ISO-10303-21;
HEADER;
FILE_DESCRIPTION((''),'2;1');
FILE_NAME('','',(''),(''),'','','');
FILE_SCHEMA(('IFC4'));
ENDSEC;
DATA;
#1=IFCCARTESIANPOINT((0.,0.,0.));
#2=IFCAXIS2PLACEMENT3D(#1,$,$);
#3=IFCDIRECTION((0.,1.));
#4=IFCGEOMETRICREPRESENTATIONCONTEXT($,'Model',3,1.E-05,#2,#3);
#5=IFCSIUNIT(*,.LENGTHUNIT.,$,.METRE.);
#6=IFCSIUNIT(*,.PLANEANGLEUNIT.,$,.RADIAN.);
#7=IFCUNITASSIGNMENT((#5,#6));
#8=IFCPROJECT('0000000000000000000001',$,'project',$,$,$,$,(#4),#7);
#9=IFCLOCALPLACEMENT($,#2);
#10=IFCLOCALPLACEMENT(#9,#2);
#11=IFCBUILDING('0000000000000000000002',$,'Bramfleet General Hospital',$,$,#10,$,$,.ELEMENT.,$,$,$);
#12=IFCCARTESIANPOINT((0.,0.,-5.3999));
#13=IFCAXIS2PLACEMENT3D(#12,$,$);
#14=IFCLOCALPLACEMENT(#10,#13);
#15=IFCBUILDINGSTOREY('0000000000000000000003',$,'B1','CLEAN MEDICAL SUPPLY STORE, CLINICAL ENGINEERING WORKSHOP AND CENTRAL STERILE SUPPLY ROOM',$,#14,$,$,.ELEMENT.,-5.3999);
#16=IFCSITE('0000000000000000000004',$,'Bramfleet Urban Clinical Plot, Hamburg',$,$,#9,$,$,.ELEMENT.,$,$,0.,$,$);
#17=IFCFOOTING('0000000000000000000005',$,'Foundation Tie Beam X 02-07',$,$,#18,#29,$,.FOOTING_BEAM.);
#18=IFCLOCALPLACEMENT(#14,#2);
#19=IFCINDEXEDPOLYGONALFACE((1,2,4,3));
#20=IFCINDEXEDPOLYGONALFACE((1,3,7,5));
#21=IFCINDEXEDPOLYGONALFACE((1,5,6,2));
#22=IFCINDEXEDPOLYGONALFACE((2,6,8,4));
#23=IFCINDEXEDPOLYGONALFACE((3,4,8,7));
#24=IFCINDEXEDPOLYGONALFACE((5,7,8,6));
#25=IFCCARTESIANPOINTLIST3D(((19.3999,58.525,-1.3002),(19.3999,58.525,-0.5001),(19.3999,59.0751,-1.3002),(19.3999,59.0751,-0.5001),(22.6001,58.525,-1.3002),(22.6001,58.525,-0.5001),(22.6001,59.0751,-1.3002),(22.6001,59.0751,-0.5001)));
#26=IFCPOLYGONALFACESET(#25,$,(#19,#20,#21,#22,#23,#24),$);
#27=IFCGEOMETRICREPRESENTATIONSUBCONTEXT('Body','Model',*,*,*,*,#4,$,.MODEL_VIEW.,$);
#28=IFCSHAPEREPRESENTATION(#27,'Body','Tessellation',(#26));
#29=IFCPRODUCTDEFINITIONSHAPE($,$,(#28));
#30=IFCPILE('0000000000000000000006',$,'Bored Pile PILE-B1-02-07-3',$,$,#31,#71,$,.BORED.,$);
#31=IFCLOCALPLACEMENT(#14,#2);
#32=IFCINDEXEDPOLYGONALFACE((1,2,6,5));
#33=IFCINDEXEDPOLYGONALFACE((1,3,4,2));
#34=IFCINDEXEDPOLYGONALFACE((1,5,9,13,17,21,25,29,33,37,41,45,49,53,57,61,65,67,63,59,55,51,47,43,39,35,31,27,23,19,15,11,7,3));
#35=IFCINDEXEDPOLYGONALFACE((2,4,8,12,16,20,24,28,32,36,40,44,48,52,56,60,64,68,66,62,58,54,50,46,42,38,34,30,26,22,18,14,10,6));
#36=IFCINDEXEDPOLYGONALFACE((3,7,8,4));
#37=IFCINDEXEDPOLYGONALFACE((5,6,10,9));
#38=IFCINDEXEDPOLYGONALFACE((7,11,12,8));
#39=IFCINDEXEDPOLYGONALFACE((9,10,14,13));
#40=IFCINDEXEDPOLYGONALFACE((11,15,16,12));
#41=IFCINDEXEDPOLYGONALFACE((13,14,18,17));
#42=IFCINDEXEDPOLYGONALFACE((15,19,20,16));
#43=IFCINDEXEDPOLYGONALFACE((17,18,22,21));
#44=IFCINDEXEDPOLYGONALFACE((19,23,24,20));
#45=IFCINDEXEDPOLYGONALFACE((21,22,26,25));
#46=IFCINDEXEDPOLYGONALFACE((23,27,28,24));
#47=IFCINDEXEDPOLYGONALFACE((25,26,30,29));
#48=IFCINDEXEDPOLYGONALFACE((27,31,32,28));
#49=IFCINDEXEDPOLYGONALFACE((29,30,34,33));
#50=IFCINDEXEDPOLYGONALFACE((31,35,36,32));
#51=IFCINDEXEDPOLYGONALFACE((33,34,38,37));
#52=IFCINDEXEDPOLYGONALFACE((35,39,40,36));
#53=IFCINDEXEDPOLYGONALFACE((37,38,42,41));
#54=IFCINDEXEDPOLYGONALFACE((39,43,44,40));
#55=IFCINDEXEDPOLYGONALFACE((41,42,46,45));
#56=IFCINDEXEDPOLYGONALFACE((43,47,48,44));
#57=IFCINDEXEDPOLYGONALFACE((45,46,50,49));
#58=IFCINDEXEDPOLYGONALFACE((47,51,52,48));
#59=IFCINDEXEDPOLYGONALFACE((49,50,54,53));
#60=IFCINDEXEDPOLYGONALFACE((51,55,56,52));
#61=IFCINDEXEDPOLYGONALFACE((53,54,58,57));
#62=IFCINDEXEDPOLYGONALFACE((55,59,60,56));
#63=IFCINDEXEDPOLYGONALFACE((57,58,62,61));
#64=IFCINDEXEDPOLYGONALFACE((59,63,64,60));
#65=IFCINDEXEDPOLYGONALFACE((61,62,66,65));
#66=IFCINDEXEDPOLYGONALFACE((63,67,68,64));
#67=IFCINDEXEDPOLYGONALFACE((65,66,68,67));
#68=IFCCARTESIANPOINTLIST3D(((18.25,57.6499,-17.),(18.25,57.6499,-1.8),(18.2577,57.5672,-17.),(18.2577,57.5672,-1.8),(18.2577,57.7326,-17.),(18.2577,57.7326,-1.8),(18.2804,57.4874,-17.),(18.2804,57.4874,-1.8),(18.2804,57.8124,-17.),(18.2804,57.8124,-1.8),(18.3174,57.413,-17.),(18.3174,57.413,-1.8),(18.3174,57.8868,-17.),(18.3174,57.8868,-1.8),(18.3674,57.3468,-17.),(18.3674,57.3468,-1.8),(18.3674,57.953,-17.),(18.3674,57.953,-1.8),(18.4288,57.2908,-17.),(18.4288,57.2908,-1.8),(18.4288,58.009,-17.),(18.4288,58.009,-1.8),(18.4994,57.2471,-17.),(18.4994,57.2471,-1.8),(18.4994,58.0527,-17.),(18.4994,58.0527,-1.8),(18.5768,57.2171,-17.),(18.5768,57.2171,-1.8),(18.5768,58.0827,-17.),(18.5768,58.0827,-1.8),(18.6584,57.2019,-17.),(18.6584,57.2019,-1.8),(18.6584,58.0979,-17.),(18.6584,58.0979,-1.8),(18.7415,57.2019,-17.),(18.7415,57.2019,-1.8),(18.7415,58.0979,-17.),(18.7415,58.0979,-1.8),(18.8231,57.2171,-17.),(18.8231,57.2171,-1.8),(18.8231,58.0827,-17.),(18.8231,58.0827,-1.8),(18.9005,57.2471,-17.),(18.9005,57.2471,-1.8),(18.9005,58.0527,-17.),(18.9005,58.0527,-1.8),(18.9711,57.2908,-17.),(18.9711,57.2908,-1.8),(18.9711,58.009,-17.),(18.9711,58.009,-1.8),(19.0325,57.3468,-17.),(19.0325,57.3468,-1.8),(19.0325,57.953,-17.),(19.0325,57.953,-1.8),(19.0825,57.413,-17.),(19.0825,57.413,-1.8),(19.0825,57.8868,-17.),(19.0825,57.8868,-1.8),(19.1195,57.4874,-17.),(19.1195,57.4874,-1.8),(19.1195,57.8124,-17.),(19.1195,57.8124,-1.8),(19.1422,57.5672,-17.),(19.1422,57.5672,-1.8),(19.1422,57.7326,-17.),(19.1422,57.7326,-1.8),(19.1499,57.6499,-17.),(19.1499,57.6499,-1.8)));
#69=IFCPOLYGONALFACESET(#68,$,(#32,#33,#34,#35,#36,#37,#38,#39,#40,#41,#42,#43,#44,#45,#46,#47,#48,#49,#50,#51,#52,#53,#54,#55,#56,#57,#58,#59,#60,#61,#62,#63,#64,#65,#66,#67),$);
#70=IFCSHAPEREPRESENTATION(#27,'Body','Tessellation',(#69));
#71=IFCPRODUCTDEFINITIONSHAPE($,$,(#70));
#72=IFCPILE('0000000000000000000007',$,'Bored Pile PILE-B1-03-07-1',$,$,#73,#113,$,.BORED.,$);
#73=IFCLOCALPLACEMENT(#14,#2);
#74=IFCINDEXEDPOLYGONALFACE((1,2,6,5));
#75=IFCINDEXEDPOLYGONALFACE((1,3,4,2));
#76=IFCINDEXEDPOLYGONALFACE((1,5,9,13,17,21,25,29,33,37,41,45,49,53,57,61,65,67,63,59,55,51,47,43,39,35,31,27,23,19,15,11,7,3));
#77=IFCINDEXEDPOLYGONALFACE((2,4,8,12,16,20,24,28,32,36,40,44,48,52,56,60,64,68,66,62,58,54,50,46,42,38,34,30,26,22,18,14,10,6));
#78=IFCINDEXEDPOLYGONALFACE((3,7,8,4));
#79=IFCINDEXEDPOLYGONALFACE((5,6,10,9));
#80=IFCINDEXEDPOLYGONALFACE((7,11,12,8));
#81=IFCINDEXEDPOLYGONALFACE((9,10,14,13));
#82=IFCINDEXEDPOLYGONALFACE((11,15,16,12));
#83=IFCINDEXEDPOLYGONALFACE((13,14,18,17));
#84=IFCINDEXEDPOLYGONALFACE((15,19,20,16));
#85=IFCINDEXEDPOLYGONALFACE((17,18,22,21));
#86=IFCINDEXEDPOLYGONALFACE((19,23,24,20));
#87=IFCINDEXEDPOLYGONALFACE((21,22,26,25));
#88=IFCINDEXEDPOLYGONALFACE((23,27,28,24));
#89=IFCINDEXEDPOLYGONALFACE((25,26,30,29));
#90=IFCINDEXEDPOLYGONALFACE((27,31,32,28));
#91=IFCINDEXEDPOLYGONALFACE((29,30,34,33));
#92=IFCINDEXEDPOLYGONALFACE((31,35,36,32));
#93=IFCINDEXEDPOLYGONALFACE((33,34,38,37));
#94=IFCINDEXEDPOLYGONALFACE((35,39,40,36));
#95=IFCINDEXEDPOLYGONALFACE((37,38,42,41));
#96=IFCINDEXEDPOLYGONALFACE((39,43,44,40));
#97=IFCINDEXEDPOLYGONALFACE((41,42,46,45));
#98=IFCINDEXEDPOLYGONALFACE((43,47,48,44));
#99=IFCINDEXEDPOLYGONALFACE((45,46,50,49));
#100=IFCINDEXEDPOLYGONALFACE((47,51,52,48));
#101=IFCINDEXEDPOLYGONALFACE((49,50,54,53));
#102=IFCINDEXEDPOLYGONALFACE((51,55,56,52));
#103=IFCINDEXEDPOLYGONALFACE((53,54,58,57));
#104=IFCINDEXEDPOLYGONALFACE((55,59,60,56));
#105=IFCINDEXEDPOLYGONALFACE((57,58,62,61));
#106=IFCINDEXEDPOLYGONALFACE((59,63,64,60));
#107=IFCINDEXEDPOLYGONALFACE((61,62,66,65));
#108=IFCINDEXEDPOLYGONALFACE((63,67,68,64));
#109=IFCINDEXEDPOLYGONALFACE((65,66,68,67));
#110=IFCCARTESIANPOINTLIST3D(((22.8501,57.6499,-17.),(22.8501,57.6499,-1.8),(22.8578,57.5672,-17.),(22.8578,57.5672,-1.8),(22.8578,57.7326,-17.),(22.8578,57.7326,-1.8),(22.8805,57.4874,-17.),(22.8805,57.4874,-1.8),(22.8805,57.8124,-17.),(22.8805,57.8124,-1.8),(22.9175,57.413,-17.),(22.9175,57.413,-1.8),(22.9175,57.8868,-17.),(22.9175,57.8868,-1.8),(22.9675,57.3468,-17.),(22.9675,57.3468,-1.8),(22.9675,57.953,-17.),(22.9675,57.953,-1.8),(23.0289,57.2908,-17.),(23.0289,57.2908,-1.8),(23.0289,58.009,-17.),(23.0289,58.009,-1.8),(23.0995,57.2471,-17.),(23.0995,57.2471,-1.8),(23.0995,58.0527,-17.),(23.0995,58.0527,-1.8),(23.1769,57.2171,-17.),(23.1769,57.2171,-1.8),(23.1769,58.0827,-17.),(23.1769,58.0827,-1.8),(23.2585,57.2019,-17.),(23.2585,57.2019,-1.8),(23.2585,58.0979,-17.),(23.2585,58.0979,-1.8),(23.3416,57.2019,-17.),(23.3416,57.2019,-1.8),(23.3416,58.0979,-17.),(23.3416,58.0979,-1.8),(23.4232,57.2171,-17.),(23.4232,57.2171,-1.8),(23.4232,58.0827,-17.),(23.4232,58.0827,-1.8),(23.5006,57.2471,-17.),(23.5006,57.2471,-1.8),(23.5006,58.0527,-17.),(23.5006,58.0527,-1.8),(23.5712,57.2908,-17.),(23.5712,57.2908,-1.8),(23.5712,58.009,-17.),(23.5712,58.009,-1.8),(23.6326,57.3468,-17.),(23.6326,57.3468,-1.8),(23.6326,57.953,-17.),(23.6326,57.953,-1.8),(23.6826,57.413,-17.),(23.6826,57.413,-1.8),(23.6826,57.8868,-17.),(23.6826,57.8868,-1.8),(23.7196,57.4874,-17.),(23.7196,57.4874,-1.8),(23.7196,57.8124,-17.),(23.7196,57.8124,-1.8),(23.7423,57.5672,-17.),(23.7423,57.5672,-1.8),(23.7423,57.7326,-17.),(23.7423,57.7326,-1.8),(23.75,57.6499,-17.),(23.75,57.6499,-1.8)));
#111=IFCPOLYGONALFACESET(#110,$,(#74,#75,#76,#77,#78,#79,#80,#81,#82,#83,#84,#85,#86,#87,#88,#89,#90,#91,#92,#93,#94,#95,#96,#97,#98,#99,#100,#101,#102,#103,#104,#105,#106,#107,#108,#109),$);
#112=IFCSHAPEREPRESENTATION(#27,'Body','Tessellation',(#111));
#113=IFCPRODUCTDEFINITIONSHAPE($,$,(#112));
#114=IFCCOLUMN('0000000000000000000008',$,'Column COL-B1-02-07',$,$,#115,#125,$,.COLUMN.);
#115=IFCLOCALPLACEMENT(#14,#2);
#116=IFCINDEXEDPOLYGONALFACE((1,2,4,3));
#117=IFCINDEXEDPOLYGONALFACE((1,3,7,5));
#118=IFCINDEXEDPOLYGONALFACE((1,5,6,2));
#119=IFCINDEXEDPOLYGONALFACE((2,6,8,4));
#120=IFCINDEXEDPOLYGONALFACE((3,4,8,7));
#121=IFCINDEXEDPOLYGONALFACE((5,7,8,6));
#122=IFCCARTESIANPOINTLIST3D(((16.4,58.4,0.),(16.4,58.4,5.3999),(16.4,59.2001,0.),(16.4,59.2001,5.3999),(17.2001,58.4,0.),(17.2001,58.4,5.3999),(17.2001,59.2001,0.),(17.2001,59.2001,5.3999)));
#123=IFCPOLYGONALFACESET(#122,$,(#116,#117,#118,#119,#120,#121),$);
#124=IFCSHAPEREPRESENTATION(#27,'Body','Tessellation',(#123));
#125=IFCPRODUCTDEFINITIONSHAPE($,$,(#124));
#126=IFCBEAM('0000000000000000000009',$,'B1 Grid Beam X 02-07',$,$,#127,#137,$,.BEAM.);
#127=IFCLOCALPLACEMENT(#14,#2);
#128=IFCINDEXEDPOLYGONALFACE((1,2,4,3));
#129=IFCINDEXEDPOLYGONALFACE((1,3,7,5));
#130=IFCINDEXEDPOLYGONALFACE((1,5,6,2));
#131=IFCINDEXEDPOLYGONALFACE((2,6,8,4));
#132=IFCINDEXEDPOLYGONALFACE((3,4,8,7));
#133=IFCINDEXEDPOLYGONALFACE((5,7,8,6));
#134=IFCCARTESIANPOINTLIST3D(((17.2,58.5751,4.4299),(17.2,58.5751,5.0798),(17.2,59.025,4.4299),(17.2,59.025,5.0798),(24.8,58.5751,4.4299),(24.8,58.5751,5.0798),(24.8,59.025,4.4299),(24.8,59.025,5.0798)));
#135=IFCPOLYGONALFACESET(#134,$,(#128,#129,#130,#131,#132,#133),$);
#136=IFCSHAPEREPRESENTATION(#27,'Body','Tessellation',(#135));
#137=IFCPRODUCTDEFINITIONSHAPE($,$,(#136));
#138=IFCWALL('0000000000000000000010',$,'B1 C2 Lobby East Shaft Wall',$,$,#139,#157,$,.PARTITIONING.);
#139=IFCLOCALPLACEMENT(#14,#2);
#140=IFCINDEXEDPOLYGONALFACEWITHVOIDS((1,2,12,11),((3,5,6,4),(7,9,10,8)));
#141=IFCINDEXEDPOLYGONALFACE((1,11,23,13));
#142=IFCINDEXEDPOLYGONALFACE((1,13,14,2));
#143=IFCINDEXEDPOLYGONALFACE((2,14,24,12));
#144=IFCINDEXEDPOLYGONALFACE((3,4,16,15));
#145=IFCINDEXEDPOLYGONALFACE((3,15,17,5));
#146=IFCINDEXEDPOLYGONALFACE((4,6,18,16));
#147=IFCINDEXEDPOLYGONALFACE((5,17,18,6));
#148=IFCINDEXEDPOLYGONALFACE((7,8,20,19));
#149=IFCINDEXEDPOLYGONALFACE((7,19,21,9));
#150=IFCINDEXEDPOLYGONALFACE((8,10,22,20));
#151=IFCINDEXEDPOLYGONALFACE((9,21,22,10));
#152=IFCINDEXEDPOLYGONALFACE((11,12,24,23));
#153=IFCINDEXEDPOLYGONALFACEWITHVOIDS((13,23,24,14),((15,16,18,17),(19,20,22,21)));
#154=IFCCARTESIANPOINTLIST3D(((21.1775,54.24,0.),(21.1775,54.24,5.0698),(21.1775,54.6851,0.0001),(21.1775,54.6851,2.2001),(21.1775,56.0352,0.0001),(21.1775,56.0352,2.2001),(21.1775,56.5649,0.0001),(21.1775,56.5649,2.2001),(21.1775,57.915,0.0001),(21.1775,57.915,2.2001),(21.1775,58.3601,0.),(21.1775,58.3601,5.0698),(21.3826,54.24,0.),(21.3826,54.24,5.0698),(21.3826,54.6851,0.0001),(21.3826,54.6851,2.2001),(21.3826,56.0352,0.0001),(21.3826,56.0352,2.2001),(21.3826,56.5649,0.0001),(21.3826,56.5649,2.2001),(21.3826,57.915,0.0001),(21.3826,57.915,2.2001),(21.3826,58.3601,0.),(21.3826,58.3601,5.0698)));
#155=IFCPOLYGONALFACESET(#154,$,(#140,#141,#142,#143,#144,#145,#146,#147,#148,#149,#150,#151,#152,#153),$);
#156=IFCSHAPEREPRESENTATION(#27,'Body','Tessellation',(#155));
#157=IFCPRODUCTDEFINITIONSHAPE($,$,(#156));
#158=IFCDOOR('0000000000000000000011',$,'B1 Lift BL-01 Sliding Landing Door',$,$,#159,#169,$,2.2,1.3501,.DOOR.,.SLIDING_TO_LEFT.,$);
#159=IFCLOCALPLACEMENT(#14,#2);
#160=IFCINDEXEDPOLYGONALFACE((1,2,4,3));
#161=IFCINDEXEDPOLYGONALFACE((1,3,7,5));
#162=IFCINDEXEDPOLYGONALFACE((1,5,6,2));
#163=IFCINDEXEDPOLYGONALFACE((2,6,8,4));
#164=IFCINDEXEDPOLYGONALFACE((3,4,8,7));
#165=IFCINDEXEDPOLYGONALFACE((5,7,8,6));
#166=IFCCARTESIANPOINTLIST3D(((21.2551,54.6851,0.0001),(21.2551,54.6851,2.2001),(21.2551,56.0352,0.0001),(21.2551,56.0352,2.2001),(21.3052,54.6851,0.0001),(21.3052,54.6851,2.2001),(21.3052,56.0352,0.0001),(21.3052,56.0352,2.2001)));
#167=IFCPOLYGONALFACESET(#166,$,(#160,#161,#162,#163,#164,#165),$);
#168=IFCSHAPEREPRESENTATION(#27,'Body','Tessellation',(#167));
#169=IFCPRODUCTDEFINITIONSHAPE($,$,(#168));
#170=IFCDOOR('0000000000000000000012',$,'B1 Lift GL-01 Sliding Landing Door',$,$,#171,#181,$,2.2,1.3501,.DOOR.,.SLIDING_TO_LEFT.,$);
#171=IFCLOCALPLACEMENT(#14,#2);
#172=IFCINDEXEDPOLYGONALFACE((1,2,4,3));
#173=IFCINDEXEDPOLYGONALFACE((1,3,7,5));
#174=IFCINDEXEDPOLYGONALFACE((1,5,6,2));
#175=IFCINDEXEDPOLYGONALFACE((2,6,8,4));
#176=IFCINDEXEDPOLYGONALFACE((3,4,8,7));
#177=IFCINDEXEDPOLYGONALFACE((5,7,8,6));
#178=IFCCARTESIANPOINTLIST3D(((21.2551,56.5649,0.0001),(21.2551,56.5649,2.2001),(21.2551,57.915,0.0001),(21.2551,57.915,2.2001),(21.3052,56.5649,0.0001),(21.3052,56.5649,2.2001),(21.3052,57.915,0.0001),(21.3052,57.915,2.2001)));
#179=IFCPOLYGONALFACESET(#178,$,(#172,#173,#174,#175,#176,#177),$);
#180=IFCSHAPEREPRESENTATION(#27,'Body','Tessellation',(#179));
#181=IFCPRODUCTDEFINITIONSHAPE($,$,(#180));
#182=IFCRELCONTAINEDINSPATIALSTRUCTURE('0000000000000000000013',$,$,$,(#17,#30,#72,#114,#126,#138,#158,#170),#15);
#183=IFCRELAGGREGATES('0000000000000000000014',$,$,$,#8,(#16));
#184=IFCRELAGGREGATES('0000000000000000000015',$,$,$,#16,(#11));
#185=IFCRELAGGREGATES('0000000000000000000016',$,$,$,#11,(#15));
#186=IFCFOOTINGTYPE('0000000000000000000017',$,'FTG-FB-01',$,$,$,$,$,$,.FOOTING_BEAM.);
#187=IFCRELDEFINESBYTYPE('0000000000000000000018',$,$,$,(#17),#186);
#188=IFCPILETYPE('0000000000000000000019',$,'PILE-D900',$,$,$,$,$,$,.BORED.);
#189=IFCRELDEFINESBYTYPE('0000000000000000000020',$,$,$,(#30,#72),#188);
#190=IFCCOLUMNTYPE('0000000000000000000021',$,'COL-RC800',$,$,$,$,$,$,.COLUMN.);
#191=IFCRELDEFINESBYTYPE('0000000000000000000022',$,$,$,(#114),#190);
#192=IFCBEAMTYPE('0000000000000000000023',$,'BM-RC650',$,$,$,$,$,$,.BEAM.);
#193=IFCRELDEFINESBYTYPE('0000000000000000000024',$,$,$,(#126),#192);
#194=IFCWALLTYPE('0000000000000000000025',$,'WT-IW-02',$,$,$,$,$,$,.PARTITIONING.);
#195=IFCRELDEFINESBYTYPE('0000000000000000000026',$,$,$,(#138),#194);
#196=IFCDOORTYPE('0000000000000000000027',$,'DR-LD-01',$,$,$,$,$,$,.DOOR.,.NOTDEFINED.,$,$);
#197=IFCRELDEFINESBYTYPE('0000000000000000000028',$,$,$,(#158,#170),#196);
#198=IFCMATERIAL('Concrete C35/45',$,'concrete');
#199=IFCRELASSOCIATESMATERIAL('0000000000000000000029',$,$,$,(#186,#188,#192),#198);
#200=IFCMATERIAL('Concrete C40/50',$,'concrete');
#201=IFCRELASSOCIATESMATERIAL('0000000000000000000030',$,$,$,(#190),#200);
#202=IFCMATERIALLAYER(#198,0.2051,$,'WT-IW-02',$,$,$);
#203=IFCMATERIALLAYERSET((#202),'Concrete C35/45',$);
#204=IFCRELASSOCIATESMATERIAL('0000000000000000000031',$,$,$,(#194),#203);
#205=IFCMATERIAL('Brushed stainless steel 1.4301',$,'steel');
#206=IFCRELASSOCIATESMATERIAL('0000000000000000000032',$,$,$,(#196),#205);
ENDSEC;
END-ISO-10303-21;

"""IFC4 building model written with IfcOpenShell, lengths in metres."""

from ifc_helpers import new_model, si_unit, direction, frame, frame_2d, origin, origin_2d, place, context, subcontext, project, spatial, rectangle, circle, extrude, material, layer, layer_set, material_profile, profile_set, type_object, element, fill, save


model = new_model("IFC4")

# Units and contexts
model_context = context("Model", 3, precision=1e-05, world=origin(), true_north=direction((0.0, 1.0)))
body_context = subcontext(model_context, "Body", "Model", "MODEL_VIEW")
ifc_project = project(units=[si_unit("LENGTHUNIT", "METRE"), si_unit("PLANEANGLEUNIT", "RADIAN")], contexts=[model_context])

# Site, building, storey
site_placement = place(None, origin())
site = spatial("IfcSite", under=ifc_project, at=site_placement, Name="Bramfleet Urban Clinical Plot, Hamburg", CompositionType="ELEMENT", RefElevation=0.0)
building_placement = place(site_placement, origin())
building = spatial("IfcBuilding", under=site, at=building_placement, Name="Bramfleet General Hospital", CompositionType="ELEMENT")
storey_placement = place(building_placement, frame((0.0, 0.0, -5.3999)))
storey = spatial("IfcBuildingStorey", under=building, at=storey_placement, Name="B1", Description="CLEAN MEDICAL SUPPLY STORE, CLINICAL ENGINEERING WORKSHOP AND CENTRAL STERILE SUPPLY ROOM", CompositionType="ELEMENT", Elevation=-5.3999)

# Footing
ifc_material_1 = material(Name="Concrete C35/45", Category="concrete")
ifc_material_profile_1 = material_profile(ifc_material_1, rectangle(XDim=0.55, YDim=0.8, at=origin_2d()), Name="RC FB 800x550")
ifc_profile_set_1 = profile_set([ifc_material_profile_1], Name="Concrete C35/45")
footing_type = type_object("IfcFootingType", Name="FTG-FB-01", PredefinedType="FOOTING_BEAM", material=ifc_profile_set_1)
footing_placement = place(storey_placement, frame((19.3999, 58.8, -0.9001), z_axis=(1.0, 0.0, 0.0), x_axis=(0.0, 1.0, 0.0)))
element("IfcFooting", 1, at=footing_placement, inside=storey, type_object=footing_type, Name="Foundation Tie Beam X 02-07", PredefinedType="FOOTING_BEAM", context=body_context, shape_type="SweptSolid", body=[
    extrude(rectangle(XDim=0.55, YDim=0.8, at=origin_2d()), origin(), (0.0, 0.0, 1.0), 3.2002),
])

# Piles
ifc_material_profile_2 = material_profile(ifc_material_1, circle(Radius=0.45, at=origin_2d()), Name="PILE BORED D900")
ifc_profile_set_2 = profile_set([ifc_material_profile_2], Name="Concrete C35/45")
pile_type = type_object("IfcPileType", Name="PILE-D900", PredefinedType="BORED", material=ifc_profile_set_2)
for number, where, z_axis, x_axis, name in (
    (2, (18.7, 57.6499, -1.8), (0.0, 0.0, -1.0), (1.0, 0.0, 0.0), "Bored Pile PILE-B1-02-07-3"),
    (3, (23.3, 57.6499, -1.8), (0.0, 0.0, -1.0), (1.0, 0.0, 0.0), "Bored Pile PILE-B1-03-07-1"),
):
    element("IfcPile", number, at=place(storey_placement, frame(where, z_axis=z_axis, x_axis=x_axis)), inside=storey, type_object=pile_type, Name=name, PredefinedType="BORED", context=body_context, shape_type="SweptSolid", body=[
        extrude(circle(Radius=0.45, at=origin_2d()), origin(), (0.0, 0.0, 1.0), 15.2),
    ])

# Column
ifc_material_2 = material(Name="Concrete C40/50", Category="concrete")
ifc_material_profile_3 = material_profile(ifc_material_2, rectangle(XDim=0.8, YDim=0.8, at=origin_2d()), Name="RC COL 800x800")
ifc_profile_set_3 = profile_set([ifc_material_profile_3], Name="Concrete C40/50")
column_type = type_object("IfcColumnType", Name="COL-RC800", PredefinedType="COLUMN", material=ifc_profile_set_3)
column_placement = place(storey_placement, frame((16.8, 58.8, 0.0), z_axis=(0.0, 0.0, 1.0), x_axis=(1.0, 0.0, 0.0)))
element("IfcColumn", 4, at=column_placement, inside=storey, type_object=column_type, Name="Column COL-B1-02-07", PredefinedType="COLUMN", context=body_context, shape_type="SweptSolid", body=[
    extrude(rectangle(XDim=0.8, YDim=0.8, at=origin_2d()), origin(), (0.0, 0.0, 1.0), 5.3999),
])

# Beam
ifc_material_profile_4 = material_profile(ifc_material_1, rectangle(XDim=0.45, YDim=0.6499, at=origin_2d()), Name="RC BM 650x450")
ifc_profile_set_4 = profile_set([ifc_material_profile_4], Name="Concrete C35/45")
beam_type = type_object("IfcBeamType", Name="BM-RC650", PredefinedType="BEAM", material=ifc_profile_set_4)
beam_placement = place(storey_placement, frame((17.2, 58.8, 4.7549), z_axis=(1.0, 0.0, 0.0), x_axis=(0.0, 1.0, 0.0)))
element("IfcBeam", 5, at=beam_placement, inside=storey, type_object=beam_type, Name="B1 Grid Beam X 02-07", PredefinedType="BEAM", context=body_context, shape_type="SweptSolid", body=[
    extrude(rectangle(XDim=0.45, YDim=0.6499, at=origin_2d()), origin(), (0.0, 0.0, 1.0), 7.6001),
])

# Wall, openings, doors
ifc_layer_1 = layer(ifc_material_1, 0.2051, Name="WT-IW-02")
ifc_layer_set_1 = layer_set([ifc_layer_1], Name="Concrete C35/45")
wall_type_1 = type_object("IfcWallType", Name="WT-IW-02", PredefinedType="PARTITIONING", material=ifc_layer_set_1)
wall_1_placement = place(storey_placement, frame((21.28, 54.24, 0.0), z_axis=(0.0, 0.0, 1.0), x_axis=(0.0, 1.0, 0.0)))
wall_1 = element("IfcWall", 6, at=wall_1_placement, inside=storey, type_object=wall_type_1, Name="B1 C2 Lobby East Shaft Wall", PredefinedType="PARTITIONING", context=body_context, shape_type="SweptSolid", body=[
    extrude(rectangle(XDim=4.1201, YDim=0.2051, at=frame_2d((2.0601, 0.0))), origin(), (0.0, 0.0, 1.0), 5.0698),
])
opening_1_placement = place(wall_1_placement, frame((0.4451, 0.0, 0.0)))
opening_1 = element("IfcOpeningElement", 7, at=opening_1_placement, cuts=wall_1, PredefinedType="OPENING", context=body_context, shape_type="SweptSolid", body=[
    extrude(rectangle(XDim=1.3501, YDim=2.2, at=frame_2d((0.675, 1.1001))), frame((0.0, 0.1125, 0.0), z_axis=(0.0, -1.0, 0.0), x_axis=(1.0, 0.0, 0.0)), (0.0, 0.0, 1.0), 0.2251),
])
opening_2_placement = place(wall_1_placement, frame((2.325, 0.0, 0.0)))
opening_2 = element("IfcOpeningElement", 8, at=opening_2_placement, cuts=wall_1, PredefinedType="OPENING", context=body_context, shape_type="SweptSolid", body=[
    extrude(rectangle(XDim=1.3501, YDim=2.2, at=frame_2d((0.675, 1.1001))), frame((0.0, 0.1125, 0.0), z_axis=(0.0, -1.0, 0.0), x_axis=(1.0, 0.0, 0.0)), (0.0, 0.0, 1.0), 0.2251),
])
ifc_material_3 = material(Name="Brushed stainless steel 1.4301", Category="steel")
door_type_1 = type_object("IfcDoorType", Name="DR-LD-01", OperationType="NOTDEFINED", PredefinedType="DOOR", material=ifc_material_3)
door_1_placement = place(opening_1_placement, origin())
door_1 = element("IfcDoor", 9, at=door_1_placement, inside=storey, type_object=door_type_1, Name="B1 Lift BL-01 Sliding Landing Door", OperationType="SLIDING_TO_LEFT", OverallHeight=2.2, OverallWidth=1.3501, PredefinedType="DOOR", context=body_context, shape_type="SweptSolid", body=[
    extrude(rectangle(XDim=1.3501, YDim=2.2, at=frame_2d((0.675, 1.1001))), frame((0.0, 0.0249, 0.0), z_axis=(0.0, -1.0, 0.0), x_axis=(1.0, 0.0, 0.0)), (0.0, 0.0, 1.0), 0.05),
])
fill(opening_1, door_1)
door_2_placement = place(opening_2_placement, origin())
door_2 = element("IfcDoor", 10, at=door_2_placement, inside=storey, type_object=door_type_1, Name="B1 Lift GL-01 Sliding Landing Door", OperationType="SLIDING_TO_LEFT", OverallHeight=2.2, OverallWidth=1.3501, PredefinedType="DOOR", context=body_context, shape_type="SweptSolid", body=[
    extrude(rectangle(XDim=1.3501, YDim=2.2, at=frame_2d((0.675, 1.1001))), frame((0.0, 0.0249, 0.0), z_axis=(0.0, -1.0, 0.0), x_axis=(1.0, 0.0, 0.0)), (0.0, 0.0, 1.0), 0.05),
])
fill(opening_2, door_2)

save(model, "model.ifc")
